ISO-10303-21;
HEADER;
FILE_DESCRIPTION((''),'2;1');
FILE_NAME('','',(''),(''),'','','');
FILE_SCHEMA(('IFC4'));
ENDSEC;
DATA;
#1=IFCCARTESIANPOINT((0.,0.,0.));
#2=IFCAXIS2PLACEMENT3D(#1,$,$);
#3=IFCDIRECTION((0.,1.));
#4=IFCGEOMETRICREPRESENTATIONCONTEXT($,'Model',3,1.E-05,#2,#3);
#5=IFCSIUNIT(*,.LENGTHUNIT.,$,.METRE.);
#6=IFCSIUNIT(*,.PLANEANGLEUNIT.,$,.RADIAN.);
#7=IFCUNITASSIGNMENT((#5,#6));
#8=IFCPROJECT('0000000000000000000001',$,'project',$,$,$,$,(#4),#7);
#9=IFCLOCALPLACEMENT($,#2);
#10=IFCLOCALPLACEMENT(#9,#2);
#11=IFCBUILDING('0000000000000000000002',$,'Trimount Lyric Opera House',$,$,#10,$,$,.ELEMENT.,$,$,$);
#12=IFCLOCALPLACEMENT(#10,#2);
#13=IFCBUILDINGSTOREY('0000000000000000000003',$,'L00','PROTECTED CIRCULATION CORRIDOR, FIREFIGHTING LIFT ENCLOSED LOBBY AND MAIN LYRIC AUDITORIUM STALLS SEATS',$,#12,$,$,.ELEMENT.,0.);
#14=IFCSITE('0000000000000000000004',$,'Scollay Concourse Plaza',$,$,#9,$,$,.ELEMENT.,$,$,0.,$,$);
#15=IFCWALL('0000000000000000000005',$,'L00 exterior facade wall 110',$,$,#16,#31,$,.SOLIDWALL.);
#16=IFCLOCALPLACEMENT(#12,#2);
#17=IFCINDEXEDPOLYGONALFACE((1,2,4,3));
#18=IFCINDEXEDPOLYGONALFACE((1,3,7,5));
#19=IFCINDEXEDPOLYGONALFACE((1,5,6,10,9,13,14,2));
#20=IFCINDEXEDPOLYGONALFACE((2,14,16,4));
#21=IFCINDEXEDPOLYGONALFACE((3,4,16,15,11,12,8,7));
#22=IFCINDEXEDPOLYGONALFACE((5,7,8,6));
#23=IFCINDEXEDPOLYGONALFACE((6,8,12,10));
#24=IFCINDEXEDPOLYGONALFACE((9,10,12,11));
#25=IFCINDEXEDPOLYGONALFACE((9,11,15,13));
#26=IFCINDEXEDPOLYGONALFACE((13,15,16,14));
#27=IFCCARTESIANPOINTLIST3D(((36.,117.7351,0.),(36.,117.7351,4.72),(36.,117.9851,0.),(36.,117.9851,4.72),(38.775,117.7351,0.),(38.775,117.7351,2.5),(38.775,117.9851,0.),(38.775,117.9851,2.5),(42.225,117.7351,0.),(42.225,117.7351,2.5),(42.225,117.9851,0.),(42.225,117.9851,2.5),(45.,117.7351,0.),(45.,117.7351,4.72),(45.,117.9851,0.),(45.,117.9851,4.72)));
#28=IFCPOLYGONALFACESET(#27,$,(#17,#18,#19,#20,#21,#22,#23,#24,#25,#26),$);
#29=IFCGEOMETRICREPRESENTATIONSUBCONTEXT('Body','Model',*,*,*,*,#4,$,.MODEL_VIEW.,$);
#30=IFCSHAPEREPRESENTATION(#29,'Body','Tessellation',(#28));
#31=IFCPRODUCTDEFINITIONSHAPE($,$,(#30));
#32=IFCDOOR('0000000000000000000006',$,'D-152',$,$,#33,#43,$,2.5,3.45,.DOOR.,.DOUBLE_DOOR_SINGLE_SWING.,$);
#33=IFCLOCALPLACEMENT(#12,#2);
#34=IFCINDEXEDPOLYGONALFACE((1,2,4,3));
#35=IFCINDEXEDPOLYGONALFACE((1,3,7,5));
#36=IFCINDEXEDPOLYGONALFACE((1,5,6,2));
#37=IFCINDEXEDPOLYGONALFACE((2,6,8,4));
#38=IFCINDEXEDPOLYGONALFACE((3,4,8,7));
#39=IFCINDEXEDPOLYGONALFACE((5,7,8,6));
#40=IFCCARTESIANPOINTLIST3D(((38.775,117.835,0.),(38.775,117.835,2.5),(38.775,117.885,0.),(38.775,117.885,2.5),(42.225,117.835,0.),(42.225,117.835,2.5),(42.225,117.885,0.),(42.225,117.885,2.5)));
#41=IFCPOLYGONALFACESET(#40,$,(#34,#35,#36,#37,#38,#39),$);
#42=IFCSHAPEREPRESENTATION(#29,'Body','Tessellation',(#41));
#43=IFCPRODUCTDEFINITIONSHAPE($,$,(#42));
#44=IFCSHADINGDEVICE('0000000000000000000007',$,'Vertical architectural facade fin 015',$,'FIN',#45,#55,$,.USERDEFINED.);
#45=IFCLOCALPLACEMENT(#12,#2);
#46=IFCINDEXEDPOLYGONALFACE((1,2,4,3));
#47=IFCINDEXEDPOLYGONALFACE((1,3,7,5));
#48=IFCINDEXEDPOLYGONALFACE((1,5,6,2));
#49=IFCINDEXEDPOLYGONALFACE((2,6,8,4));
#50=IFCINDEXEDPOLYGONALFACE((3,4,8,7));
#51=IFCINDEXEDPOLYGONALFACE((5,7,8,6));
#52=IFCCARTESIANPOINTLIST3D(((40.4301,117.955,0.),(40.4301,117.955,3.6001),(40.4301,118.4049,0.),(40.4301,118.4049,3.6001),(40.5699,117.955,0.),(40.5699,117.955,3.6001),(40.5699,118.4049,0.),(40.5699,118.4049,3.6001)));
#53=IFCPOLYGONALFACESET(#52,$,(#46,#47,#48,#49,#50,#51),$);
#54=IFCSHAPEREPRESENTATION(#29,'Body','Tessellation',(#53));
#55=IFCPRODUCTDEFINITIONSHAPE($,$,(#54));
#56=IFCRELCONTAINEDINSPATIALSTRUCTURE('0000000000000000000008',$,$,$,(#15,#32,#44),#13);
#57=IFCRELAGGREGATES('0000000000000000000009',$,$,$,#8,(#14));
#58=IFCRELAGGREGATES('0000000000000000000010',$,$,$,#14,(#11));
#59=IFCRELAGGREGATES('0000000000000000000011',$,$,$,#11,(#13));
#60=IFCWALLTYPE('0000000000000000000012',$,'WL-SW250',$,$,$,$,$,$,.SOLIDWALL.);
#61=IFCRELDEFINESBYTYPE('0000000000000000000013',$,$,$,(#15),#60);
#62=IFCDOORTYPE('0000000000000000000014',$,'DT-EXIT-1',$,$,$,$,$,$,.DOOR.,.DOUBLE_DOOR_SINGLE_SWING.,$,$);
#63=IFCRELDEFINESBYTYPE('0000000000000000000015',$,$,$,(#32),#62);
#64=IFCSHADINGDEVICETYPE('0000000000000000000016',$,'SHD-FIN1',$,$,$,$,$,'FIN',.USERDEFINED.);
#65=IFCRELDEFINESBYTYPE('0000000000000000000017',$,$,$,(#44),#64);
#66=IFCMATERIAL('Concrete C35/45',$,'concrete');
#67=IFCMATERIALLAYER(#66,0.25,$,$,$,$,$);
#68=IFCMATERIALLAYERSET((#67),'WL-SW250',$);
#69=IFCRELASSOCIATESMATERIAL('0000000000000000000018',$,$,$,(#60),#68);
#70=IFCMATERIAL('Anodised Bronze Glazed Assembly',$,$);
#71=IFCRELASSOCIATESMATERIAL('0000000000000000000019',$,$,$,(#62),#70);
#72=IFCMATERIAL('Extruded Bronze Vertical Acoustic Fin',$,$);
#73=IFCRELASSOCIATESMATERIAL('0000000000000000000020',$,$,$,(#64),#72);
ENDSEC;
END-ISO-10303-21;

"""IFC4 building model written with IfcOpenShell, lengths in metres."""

from ifc_helpers import new_model, si_unit, direction, frame, frame_2d, origin, origin_2d, place, context, subcontext, project, spatial, rectangle, extrude, material, layer, layer_set, type_object, element, fill, save


model = new_model("IFC4")

# Units and contexts
model_context = context("Model", 3, precision=1e-05, world=origin(), true_north=direction((0.0, 1.0)))
body_context = subcontext(model_context, "Body", "Model", "MODEL_VIEW")
ifc_project = project(units=[si_unit("LENGTHUNIT", "METRE"), si_unit("PLANEANGLEUNIT", "RADIAN")], contexts=[model_context])

# Site, building, storey
site_placement = place(None, origin())
site = spatial("IfcSite", under=ifc_project, at=site_placement, Name="Scollay Concourse Plaza", CompositionType="ELEMENT", RefElevation=0.0)
building_placement = place(site_placement, origin())
building = spatial("IfcBuilding", under=site, at=building_placement, Name="Trimount Lyric Opera House", CompositionType="ELEMENT")
storey_placement = place(building_placement, origin())
storey = spatial("IfcBuildingStorey", under=building, at=storey_placement, Name="L00", Description="PROTECTED CIRCULATION CORRIDOR, FIREFIGHTING LIFT ENCLOSED LOBBY AND MAIN LYRIC AUDITORIUM STALLS SEATS", CompositionType="ELEMENT", Elevation=0.0)

# Wall, opening, door
ifc_material_1 = material(Name="Concrete C35/45", Category="concrete")
ifc_layer_1 = layer(ifc_material_1, 0.25)
ifc_layer_set_1 = layer_set([ifc_layer_1], Name="WL-SW250")
wall_type_1 = type_object("IfcWallType", Name="WL-SW250", PredefinedType="SOLIDWALL", material=ifc_layer_set_1)
wall_1_placement = place(storey_placement, frame((36.0, 117.8601, 0.0), z_axis=(0.0, 0.0, 1.0), x_axis=(1.0, 0.0, 0.0)))
wall_1 = element("IfcWall", 1, at=wall_1_placement, inside=storey, type_object=wall_type_1, Name="L00 exterior facade wall 110", PredefinedType="SOLIDWALL", context=body_context, shape_type="SweptSolid", body=[
    extrude(rectangle(XDim=9.0, YDim=0.25, at=frame_2d((4.5, 0.0))), origin(), (0.0, 0.0, 1.0), 4.72),
])
opening_placement = place(wall_1_placement, frame((2.7749, 0.0, 0.0)))
opening = element("IfcOpeningElement", 2, at=opening_placement, cuts=wall_1, PredefinedType="OPENING", context=body_context, shape_type="SweptSolid", body=[
    extrude(rectangle(XDim=3.45, YDim=2.5, at=frame_2d((1.7251, 1.25))), frame((0.0, 0.135, 0.0), z_axis=(0.0, -1.0, 0.0), x_axis=(1.0, 0.0, 0.0)), (0.0, 0.0, 1.0), 0.27),
])
ifc_material_2 = material(Name="Anodised Bronze Glazed Assembly")
door_type = type_object("IfcDoorType", Name="DT-EXIT-1", OperationType="DOUBLE_DOOR_SINGLE_SWING", PredefinedType="DOOR", material=ifc_material_2)
door_placement = place(opening_placement, origin())
door = element("IfcDoor", 3, at=door_placement, inside=storey, type_object=door_type, Name="D-152", OperationType="DOUBLE_DOOR_SINGLE_SWING", OverallHeight=2.5, OverallWidth=3.45, PredefinedType="DOOR", context=body_context, shape_type="SweptSolid", body=[
    extrude(rectangle(XDim=3.45, YDim=2.5, at=frame_2d((1.7251, 1.25))), frame((0.0, 0.0249, 0.0), z_axis=(0.0, -1.0, 0.0), x_axis=(1.0, 0.0, 0.0)), (0.0, 0.0, 1.0), 0.05),
])
fill(opening, door)

# Shading device
ifc_material_3 = material(Name="Extruded Bronze Vertical Acoustic Fin")
shading_device_type = type_object("IfcShadingDeviceType", Name="SHD-FIN1", ElementType="FIN", PredefinedType="USERDEFINED", material=ifc_material_3)
shading_device_placement = place(storey_placement, frame((40.5, 118.1799, 0.0), z_axis=(0.0, 0.0, 1.0), x_axis=(1.0, 0.0, 0.0)))
element("IfcShadingDevice", 4, at=shading_device_placement, inside=storey, type_object=shading_device_type, Name="Vertical architectural facade fin 015", ObjectType="FIN", PredefinedType="USERDEFINED", context=body_context, shape_type="SweptSolid", body=[
    extrude(rectangle(XDim=0.1399, YDim=0.45, at=origin_2d()), origin(), (0.0, 0.0, 1.0), 3.6001),
])

save(model, "model.ifc")
